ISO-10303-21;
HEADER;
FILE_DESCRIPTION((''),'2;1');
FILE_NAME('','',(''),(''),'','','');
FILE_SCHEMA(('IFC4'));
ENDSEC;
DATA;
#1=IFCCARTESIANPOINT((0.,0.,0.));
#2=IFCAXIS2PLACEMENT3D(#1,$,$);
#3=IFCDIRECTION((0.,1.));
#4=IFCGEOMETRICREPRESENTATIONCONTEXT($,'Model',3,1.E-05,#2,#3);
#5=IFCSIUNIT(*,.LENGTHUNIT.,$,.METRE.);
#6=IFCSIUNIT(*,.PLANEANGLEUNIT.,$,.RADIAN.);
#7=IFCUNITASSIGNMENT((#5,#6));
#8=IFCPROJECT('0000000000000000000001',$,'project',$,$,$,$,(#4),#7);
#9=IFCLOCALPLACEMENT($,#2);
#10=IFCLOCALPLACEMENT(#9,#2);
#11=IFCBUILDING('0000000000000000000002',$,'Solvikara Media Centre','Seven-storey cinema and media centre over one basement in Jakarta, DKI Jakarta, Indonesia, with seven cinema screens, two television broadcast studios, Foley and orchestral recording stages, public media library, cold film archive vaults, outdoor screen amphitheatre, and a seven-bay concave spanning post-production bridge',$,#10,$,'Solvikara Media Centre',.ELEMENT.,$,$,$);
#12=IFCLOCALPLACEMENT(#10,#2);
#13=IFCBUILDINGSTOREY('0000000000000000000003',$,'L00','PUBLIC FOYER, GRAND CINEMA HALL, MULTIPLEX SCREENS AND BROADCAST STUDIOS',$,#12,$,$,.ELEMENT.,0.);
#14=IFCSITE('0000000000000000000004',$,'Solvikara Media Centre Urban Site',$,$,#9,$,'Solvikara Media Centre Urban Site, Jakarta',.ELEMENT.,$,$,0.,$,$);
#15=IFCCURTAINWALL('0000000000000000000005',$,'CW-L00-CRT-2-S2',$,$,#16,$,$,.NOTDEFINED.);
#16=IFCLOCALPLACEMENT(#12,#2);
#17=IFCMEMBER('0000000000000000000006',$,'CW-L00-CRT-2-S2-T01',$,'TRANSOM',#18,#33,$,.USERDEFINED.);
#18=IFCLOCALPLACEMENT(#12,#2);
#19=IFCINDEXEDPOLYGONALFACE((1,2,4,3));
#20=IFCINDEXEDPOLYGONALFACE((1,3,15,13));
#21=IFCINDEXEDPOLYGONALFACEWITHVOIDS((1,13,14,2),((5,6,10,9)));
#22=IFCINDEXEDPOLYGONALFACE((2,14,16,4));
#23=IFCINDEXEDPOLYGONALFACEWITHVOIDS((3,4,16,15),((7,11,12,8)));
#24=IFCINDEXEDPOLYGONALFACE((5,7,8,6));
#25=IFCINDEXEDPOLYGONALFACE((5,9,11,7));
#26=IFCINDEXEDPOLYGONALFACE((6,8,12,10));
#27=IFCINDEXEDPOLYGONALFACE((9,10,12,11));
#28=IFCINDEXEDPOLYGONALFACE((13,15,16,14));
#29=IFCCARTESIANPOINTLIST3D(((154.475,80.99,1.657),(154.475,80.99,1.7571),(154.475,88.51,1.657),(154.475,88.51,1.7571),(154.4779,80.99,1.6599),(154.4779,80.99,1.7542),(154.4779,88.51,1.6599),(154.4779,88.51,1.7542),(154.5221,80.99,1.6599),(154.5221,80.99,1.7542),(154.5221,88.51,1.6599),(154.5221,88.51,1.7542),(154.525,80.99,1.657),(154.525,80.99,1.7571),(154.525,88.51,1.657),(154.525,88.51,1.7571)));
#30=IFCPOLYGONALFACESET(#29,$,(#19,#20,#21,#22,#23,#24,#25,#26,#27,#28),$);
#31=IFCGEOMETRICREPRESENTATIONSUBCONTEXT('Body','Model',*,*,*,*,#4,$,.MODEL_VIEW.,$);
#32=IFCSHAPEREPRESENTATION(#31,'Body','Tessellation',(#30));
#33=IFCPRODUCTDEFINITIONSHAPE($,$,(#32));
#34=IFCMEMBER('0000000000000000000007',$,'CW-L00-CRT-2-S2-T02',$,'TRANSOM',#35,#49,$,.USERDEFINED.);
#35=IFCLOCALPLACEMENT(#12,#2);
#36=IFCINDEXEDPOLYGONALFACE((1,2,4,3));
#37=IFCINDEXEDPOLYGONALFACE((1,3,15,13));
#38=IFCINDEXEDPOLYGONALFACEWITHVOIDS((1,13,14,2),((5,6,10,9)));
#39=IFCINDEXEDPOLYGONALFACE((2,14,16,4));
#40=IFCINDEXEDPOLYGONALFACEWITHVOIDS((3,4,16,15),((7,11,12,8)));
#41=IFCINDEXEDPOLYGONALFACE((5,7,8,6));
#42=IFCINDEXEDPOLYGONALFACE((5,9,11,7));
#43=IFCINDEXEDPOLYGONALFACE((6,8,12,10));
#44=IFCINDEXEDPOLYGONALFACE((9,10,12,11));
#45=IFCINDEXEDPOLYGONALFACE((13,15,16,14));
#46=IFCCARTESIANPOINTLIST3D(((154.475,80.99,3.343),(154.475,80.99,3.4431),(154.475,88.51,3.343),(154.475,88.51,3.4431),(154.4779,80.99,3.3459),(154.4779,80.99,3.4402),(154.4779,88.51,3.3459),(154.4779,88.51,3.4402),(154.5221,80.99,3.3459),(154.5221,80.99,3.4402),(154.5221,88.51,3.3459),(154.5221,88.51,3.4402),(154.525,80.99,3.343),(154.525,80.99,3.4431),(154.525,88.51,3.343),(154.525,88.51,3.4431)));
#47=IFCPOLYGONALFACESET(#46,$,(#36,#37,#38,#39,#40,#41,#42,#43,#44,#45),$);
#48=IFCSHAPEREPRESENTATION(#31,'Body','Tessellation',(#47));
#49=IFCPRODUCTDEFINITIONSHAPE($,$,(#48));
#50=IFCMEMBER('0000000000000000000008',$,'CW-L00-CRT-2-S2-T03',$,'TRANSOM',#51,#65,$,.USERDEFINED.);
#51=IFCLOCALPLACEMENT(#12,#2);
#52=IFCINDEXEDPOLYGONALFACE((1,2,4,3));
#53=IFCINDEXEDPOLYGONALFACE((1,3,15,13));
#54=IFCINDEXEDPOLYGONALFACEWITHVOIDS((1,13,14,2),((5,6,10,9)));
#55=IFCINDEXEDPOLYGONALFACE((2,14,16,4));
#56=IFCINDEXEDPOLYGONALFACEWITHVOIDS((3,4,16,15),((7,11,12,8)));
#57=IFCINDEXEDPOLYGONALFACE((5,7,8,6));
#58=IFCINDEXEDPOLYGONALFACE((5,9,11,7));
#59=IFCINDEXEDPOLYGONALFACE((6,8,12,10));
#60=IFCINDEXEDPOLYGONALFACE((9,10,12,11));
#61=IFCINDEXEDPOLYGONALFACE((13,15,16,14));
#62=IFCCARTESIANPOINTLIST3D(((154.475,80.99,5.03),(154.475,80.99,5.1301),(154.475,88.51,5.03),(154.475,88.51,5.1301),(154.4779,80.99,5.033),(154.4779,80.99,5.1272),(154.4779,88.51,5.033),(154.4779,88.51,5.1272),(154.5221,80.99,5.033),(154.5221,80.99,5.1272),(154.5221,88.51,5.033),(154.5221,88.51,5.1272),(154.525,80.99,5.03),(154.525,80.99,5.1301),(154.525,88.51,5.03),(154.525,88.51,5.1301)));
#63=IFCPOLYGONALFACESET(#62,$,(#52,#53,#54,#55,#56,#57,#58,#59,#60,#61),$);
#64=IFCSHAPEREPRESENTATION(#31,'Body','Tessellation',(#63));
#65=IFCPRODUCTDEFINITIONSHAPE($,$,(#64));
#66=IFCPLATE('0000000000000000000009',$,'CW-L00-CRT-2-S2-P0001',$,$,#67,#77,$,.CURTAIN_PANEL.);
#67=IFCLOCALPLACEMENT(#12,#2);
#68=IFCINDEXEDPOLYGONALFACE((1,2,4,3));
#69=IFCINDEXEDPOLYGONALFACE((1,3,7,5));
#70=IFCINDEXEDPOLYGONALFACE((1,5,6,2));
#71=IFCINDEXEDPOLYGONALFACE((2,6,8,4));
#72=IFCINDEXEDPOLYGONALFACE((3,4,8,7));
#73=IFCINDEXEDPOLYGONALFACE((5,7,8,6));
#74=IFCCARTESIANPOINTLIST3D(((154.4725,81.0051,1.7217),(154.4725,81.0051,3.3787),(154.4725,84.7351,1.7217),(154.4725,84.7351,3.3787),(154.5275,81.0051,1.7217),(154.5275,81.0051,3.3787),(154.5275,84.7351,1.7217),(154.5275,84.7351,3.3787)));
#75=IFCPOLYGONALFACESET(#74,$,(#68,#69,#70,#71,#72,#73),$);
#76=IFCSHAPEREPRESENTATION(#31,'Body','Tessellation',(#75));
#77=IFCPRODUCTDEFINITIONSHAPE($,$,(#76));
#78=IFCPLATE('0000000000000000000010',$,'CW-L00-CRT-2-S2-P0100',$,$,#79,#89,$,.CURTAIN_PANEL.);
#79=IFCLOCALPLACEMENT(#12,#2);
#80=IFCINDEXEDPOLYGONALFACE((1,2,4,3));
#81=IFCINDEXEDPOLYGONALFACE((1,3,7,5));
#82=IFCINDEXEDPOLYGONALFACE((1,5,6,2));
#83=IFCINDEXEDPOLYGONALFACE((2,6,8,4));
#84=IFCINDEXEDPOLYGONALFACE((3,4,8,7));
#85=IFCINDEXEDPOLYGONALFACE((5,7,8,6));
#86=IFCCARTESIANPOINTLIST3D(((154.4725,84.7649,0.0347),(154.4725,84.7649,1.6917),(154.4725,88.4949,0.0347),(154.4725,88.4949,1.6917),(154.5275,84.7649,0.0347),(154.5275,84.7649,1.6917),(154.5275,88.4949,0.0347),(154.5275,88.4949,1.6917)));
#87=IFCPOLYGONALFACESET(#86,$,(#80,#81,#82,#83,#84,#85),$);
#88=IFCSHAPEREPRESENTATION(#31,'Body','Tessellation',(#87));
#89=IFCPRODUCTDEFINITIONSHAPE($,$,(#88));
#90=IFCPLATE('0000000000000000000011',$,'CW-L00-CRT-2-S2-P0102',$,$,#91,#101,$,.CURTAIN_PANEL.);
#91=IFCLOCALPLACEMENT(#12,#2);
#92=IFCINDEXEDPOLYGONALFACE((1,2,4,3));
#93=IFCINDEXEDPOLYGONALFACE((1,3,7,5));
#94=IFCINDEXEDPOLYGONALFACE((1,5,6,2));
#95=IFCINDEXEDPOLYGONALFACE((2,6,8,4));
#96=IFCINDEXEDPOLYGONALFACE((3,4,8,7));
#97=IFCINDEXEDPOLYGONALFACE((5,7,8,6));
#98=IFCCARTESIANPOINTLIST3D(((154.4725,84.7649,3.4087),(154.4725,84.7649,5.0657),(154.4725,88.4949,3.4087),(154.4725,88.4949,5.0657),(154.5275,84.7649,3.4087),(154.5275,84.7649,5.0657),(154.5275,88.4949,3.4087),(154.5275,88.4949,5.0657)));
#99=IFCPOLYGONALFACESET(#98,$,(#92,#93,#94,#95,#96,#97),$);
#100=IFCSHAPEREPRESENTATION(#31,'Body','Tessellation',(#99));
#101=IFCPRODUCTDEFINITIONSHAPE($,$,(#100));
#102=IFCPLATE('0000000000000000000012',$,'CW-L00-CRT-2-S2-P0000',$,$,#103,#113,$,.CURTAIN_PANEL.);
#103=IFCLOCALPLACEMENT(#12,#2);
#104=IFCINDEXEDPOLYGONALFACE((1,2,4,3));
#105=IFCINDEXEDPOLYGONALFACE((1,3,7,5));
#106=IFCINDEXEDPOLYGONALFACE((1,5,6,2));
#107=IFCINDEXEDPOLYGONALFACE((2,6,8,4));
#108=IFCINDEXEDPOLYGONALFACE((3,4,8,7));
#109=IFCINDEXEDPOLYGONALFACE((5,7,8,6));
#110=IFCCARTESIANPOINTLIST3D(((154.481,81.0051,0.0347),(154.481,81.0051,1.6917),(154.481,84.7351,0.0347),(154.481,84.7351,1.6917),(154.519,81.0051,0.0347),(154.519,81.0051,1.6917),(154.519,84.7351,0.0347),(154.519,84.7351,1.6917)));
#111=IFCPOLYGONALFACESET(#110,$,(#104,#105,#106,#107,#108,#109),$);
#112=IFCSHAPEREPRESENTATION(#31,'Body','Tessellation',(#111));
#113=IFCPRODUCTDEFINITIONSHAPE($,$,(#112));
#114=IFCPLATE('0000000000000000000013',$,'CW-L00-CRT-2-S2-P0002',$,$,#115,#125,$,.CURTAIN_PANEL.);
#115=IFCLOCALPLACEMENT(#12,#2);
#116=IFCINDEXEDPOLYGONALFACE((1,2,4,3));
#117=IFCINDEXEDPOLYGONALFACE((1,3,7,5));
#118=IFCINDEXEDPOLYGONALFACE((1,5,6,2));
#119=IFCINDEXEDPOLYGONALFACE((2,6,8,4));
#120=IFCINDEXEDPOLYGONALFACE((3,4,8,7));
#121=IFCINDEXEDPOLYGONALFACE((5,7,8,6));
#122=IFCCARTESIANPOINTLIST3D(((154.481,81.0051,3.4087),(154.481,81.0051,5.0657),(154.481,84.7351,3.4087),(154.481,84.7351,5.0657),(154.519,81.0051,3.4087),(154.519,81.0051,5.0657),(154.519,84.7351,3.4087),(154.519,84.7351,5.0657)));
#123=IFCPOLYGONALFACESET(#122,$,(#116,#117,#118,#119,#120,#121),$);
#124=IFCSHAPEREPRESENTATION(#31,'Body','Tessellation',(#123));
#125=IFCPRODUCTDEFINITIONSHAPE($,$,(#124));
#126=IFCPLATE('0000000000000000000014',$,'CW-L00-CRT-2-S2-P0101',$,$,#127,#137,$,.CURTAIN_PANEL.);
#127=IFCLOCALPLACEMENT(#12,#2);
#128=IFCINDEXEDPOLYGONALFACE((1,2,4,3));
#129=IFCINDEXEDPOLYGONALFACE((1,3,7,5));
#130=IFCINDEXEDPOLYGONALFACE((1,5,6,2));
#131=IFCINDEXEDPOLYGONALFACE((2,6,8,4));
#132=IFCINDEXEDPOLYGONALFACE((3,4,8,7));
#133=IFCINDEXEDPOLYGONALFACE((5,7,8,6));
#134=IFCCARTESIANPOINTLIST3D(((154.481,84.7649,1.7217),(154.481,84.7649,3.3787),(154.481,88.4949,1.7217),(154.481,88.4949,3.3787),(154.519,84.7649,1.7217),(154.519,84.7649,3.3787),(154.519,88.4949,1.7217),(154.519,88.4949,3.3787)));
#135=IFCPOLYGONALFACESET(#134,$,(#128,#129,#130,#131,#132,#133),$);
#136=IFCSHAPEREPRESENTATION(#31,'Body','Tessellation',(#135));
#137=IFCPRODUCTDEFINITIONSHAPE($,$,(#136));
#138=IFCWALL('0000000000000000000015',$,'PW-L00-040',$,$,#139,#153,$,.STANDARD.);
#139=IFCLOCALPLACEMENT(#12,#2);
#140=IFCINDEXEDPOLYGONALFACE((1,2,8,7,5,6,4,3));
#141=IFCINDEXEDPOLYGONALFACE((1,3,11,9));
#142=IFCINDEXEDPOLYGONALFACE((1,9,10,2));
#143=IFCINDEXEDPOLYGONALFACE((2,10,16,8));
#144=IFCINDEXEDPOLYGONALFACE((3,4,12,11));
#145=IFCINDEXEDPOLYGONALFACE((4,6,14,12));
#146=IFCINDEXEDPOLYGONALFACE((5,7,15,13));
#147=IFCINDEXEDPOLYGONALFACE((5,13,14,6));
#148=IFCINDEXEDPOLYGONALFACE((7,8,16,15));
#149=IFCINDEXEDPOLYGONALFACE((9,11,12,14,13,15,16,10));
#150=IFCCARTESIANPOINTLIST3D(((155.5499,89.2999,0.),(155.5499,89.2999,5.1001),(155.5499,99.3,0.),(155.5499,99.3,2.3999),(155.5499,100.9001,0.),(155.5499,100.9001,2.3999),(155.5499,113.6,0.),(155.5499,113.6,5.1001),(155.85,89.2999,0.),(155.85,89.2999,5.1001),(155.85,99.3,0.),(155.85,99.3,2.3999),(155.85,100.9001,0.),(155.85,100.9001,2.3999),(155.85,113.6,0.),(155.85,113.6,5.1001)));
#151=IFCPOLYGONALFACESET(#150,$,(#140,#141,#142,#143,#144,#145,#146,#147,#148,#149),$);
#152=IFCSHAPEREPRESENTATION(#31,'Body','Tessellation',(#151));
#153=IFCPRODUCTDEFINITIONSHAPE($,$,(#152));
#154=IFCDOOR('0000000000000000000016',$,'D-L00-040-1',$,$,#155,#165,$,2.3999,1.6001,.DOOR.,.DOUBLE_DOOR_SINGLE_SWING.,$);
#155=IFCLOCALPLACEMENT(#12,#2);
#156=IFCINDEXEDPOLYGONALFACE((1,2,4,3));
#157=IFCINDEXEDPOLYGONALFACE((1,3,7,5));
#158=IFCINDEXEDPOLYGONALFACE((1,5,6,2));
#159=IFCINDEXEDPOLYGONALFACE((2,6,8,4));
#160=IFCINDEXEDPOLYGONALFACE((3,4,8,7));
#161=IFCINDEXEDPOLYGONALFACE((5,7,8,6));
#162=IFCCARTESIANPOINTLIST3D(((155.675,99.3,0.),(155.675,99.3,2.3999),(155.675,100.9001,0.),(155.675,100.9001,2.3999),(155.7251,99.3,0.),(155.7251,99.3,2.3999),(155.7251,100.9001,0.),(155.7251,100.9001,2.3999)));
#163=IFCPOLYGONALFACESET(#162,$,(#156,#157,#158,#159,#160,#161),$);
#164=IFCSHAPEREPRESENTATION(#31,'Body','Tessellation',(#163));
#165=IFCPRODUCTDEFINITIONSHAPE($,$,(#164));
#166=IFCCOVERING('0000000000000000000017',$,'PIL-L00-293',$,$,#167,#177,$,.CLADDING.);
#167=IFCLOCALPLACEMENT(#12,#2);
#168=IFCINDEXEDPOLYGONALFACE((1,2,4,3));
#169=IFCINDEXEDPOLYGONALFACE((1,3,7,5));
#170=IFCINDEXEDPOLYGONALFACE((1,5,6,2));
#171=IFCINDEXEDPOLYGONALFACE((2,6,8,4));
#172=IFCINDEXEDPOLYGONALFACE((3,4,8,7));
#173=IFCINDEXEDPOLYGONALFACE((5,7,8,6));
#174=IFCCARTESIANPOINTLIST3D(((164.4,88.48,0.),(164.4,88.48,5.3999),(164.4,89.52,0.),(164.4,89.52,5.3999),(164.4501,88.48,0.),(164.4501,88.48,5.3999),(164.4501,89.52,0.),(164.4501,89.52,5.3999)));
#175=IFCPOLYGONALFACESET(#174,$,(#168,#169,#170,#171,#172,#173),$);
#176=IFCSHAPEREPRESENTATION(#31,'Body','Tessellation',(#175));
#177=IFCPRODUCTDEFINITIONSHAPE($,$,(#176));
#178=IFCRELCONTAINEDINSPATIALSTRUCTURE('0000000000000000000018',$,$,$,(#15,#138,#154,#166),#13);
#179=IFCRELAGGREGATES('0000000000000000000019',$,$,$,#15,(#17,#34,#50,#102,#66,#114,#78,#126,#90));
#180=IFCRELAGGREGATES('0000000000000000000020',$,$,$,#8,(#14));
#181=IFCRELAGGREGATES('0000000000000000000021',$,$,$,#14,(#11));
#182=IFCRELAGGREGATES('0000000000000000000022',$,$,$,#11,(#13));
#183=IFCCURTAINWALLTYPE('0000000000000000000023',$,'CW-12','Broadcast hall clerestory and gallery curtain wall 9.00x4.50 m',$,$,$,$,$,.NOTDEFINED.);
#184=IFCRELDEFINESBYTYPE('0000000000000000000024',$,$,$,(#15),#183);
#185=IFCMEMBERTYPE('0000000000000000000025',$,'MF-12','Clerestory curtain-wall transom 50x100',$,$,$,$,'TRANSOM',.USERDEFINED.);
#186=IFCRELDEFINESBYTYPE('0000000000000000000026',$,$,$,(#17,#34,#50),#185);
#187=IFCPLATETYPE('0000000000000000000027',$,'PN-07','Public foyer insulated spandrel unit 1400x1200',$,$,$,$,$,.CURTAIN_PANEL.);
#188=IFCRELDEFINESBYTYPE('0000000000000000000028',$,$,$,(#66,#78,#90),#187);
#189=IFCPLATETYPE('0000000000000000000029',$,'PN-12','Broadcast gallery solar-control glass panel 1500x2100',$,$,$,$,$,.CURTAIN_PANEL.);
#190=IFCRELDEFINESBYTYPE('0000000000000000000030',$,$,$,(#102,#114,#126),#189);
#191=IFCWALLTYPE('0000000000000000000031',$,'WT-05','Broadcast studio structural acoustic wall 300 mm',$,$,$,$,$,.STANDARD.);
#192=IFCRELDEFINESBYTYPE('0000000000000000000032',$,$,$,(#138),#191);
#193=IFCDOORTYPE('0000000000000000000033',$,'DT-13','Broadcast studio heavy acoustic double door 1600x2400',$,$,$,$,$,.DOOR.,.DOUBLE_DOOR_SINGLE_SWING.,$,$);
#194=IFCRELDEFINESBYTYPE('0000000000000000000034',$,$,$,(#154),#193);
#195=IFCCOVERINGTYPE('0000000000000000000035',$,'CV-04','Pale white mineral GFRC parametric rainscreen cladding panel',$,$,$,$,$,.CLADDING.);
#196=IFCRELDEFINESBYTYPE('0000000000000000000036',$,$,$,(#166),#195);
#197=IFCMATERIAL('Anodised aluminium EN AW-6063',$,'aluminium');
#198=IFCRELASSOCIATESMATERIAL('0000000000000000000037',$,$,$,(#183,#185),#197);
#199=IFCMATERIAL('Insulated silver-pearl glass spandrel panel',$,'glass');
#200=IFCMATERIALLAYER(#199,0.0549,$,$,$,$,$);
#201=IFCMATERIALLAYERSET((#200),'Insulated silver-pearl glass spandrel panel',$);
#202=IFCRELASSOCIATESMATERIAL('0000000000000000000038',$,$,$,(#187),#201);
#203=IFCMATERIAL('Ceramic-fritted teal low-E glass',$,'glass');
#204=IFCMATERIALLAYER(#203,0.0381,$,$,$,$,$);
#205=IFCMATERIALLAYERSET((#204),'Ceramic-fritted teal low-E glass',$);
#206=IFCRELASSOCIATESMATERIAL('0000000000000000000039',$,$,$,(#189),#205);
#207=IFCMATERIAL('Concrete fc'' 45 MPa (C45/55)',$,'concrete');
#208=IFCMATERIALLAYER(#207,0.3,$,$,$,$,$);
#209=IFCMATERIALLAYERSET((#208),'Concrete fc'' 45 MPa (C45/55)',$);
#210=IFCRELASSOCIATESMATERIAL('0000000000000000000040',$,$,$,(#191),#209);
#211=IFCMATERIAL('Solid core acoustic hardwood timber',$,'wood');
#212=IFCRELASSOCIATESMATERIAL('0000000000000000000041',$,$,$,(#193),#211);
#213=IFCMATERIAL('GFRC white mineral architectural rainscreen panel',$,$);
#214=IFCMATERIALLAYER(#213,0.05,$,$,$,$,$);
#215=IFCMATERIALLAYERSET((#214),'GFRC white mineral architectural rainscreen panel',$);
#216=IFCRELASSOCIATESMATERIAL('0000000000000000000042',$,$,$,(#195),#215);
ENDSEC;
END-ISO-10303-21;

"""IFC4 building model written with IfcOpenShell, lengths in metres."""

from ifc_helpers import new_model, si_unit, direction, frame, frame_2d, origin, origin_2d, place, context, subcontext, project, spatial, rectangle, hollow_rectangle, extrude, material, layer, layer_set, material_profile, profile_set, type_object, element, fill, aggregate, save


model = new_model("IFC4")

# Units and contexts
model_context = context("Model", 3, precision=1e-05, world=origin(), true_north=direction((0.0, 1.0)))
body_context = subcontext(model_context, "Body", "Model", "MODEL_VIEW")
ifc_project = project(units=[si_unit("LENGTHUNIT", "METRE"), si_unit("PLANEANGLEUNIT", "RADIAN")], contexts=[model_context])

# Site, building, storey
site_placement = place(None, origin())
site = spatial("IfcSite", under=ifc_project, at=site_placement, Name="Solvikara Media Centre Urban Site", LongName="Solvikara Media Centre Urban Site, Jakarta", CompositionType="ELEMENT", RefElevation=0.0)
building_placement = place(site_placement, origin())
building = spatial("IfcBuilding", under=site, at=building_placement, Name="Solvikara Media Centre", Description="Seven-storey cinema and media centre over one basement in Jakarta, DKI Jakarta, Indonesia, with seven cinema screens, two television broadcast studios, Foley and orchestral recording stages, public media library, cold film archive vaults, outdoor screen amphitheatre, and a seven-bay concave spanning post-production bridge", LongName="Solvikara Media Centre", CompositionType="ELEMENT")
storey_placement = place(building_placement, origin())
storey = spatial("IfcBuildingStorey", under=building, at=storey_placement, Name="L00", Description="PUBLIC FOYER, GRAND CINEMA HALL, MULTIPLEX SCREENS AND BROADCAST STUDIOS", CompositionType="ELEMENT", Elevation=0.0)

# Shared definitions
ifc_material_1 = material(Name="Concrete fc' 45 MPa (C45/55)", Category="concrete")

# Curtain wall, members, plates
ifc_material_2 = material(Name="Anodised aluminium EN AW-6063", Category="aluminium")
curtain_wall_type = type_object("IfcCurtainWallType", Name="CW-12", Description="Broadcast hall clerestory and gallery curtain wall 9.00x4.50 m", PredefinedType="NOTDEFINED", material=ifc_material_2)
curtain_wall_placement = place(storey_placement, origin())
curtain_wall = element("IfcCurtainWall", 1, at=curtain_wall_placement, inside=storey, type_object=curtain_wall_type, Name="CW-L00-CRT-2-S2", PredefinedType="NOTDEFINED")
ifc_material_profile_1 = material_profile(ifc_material_2, hollow_rectangle(XDim=0.05, YDim=0.1001, WallThickness=0.0029, at=origin_2d()), Name="ALU-T 50x100x3")
ifc_profile_set_1 = profile_set([ifc_material_profile_1], Name="Anodised aluminium EN AW-6063")
member_type_1 = type_object("IfcMemberType", Name="MF-12", Description="Clerestory curtain-wall transom 50x100", ElementType="TRANSOM", PredefinedType="USERDEFINED", material=ifc_profile_set_1)
member_1_placement = place(storey_placement, frame((154.5, 80.99, 1.707), z_axis=(0.0, 1.0, 0.0), x_axis=(-1.0, 0.0, 0.0)))
member_1 = element("IfcMember", 2, at=member_1_placement, type_object=member_type_1, Name="CW-L00-CRT-2-S2-T01", ObjectType="TRANSOM", PredefinedType="USERDEFINED", context=body_context, shape_type="SweptSolid", body=[
    extrude(hollow_rectangle(XDim=0.05, YDim=0.1001, WallThickness=0.0029, at=origin_2d()), origin(), (0.0, 0.0, 1.0), 7.52),
])
member_2_placement = place(storey_placement, frame((154.5, 80.99, 3.3931), z_axis=(0.0, 1.0, 0.0), x_axis=(-1.0, 0.0, 0.0)))
member_2 = element("IfcMember", 3, at=member_2_placement, type_object=member_type_1, Name="CW-L00-CRT-2-S2-T02", ObjectType="TRANSOM", PredefinedType="USERDEFINED", context=body_context, shape_type="SweptSolid", body=[
    extrude(hollow_rectangle(XDim=0.05, YDim=0.1001, WallThickness=0.0029, at=origin_2d()), origin(), (0.0, 0.0, 1.0), 7.52),
])
member_3_placement = place(storey_placement, frame((154.5, 80.99, 5.0801), z_axis=(0.0, 1.0, 0.0), x_axis=(-1.0, 0.0, 0.0)))
member_3 = element("IfcMember", 4, at=member_3_placement, type_object=member_type_1, Name="CW-L00-CRT-2-S2-T03", ObjectType="TRANSOM", PredefinedType="USERDEFINED", context=body_context, shape_type="SweptSolid", body=[
    extrude(hollow_rectangle(XDim=0.05, YDim=0.1001, WallThickness=0.0029, at=origin_2d()), origin(), (0.0, 0.0, 1.0), 7.52),
])
ifc_material_3 = material(Name="Insulated silver-pearl glass spandrel panel", Category="glass")
ifc_layer_1 = layer(ifc_material_3, 0.0549)
ifc_layer_set_1 = layer_set([ifc_layer_1], Name="Insulated silver-pearl glass spandrel panel")
plate_type_1 = type_object("IfcPlateType", Name="PN-07", Description="Public foyer insulated spandrel unit 1400x1200", PredefinedType="CURTAIN_PANEL", material=ifc_layer_set_1)
plate_1_placement = place(storey_placement, frame((154.5, 82.8701, 1.7217), z_axis=(0.0, 0.0, 1.0), x_axis=(0.0, 1.0, 0.0)))
plate_1 = element("IfcPlate", 5, at=plate_1_placement, type_object=plate_type_1, Name="CW-L00-CRT-2-S2-P0001", PredefinedType="CURTAIN_PANEL", context=body_context, shape_type="SweptSolid", body=[
    extrude(rectangle(XDim=3.73, YDim=0.0549, at=origin_2d()), origin(), (0.0, 0.0, 1.0), 1.657),
])
plate_2_placement = place(storey_placement, frame((154.5, 86.6299, 0.0347), z_axis=(0.0, 0.0, 1.0), x_axis=(0.0, 1.0, 0.0)))
plate_2 = element("IfcPlate", 6, at=plate_2_placement, type_object=plate_type_1, Name="CW-L00-CRT-2-S2-P0100", PredefinedType="CURTAIN_PANEL", context=body_context, shape_type="SweptSolid", body=[
    extrude(rectangle(XDim=3.73, YDim=0.0549, at=origin_2d()), origin(), (0.0, 0.0, 1.0), 1.657),
])
plate_3_placement = place(storey_placement, frame((154.5, 86.6299, 3.4087), z_axis=(0.0, 0.0, 1.0), x_axis=(0.0, 1.0, 0.0)))
plate_3 = element("IfcPlate", 7, at=plate_3_placement, type_object=plate_type_1, Name="CW-L00-CRT-2-S2-P0102", PredefinedType="CURTAIN_PANEL", context=body_context, shape_type="SweptSolid", body=[
    extrude(rectangle(XDim=3.73, YDim=0.0549, at=origin_2d()), origin(), (0.0, 0.0, 1.0), 1.657),
])
ifc_material_4 = material(Name="Ceramic-fritted teal low-E glass", Category="glass")
ifc_layer_2 = layer(ifc_material_4, 0.0381)
ifc_layer_set_2 = layer_set([ifc_layer_2], Name="Ceramic-fritted teal low-E glass")
plate_type_2 = type_object("IfcPlateType", Name="PN-12", Description="Broadcast gallery solar-control glass panel 1500x2100", PredefinedType="CURTAIN_PANEL", material=ifc_layer_set_2)
plate_4_placement = place(storey_placement, frame((154.5, 82.8701, 0.0347), z_axis=(0.0, 0.0, 1.0), x_axis=(0.0, 1.0, 0.0)))
plate_4 = element("IfcPlate", 8, at=plate_4_placement, type_object=plate_type_2, Name="CW-L00-CRT-2-S2-P0000", PredefinedType="CURTAIN_PANEL", context=body_context, shape_type="SweptSolid", body=[
    extrude(rectangle(XDim=3.73, YDim=0.0381, at=origin_2d()), origin(), (0.0, 0.0, 1.0), 1.657),
])
plate_5_placement = place(storey_placement, frame((154.5, 82.8701, 3.4087), z_axis=(0.0, 0.0, 1.0), x_axis=(0.0, 1.0, 0.0)))
plate_5 = element("IfcPlate", 9, at=plate_5_placement, type_object=plate_type_2, Name="CW-L00-CRT-2-S2-P0002", PredefinedType="CURTAIN_PANEL", context=body_context, shape_type="SweptSolid", body=[
    extrude(rectangle(XDim=3.73, YDim=0.0381, at=origin_2d()), origin(), (0.0, 0.0, 1.0), 1.657),
])
plate_6_placement = place(storey_placement, frame((154.5, 86.6299, 1.7217), z_axis=(0.0, 0.0, 1.0), x_axis=(0.0, 1.0, 0.0)))
plate_6 = element("IfcPlate", 10, at=plate_6_placement, type_object=plate_type_2, Name="CW-L00-CRT-2-S2-P0101", PredefinedType="CURTAIN_PANEL", context=body_context, shape_type="SweptSolid", body=[
    extrude(rectangle(XDim=3.73, YDim=0.0381, at=origin_2d()), origin(), (0.0, 0.0, 1.0), 1.657),
])
aggregate(curtain_wall, [member_1, member_2, member_3, plate_4, plate_1, plate_5, plate_2, plate_6, plate_3])

# Wall, opening, door
ifc_layer_3 = layer(ifc_material_1, 0.3)
ifc_layer_set_3 = layer_set([ifc_layer_3], Name="Concrete fc' 45 MPa (C45/55)")
wall_type = type_object("IfcWallType", Name="WT-05", Description="Broadcast studio structural acoustic wall 300 mm", PredefinedType="STANDARD", material=ifc_layer_set_3)
wall_placement = place(storey_placement, frame((155.7, 89.3, 0.0), z_axis=(0.0, 0.0, 1.0), x_axis=(0.0, 1.0, 0.0)))
wall = element("IfcWall", 11, at=wall_placement, inside=storey, type_object=wall_type, Name="PW-L00-040", PredefinedType="STANDARD", context=body_context, shape_type="SweptSolid", body=[
    extrude(rectangle(XDim=24.3, YDim=0.3, at=frame_2d((12.1499, 0.0))), origin(), (0.0, 0.0, 1.0), 5.1001),
])
opening_placement = place(wall_placement, frame((10.0, 0.0, 0.0)))
opening = element("IfcOpeningElement", 12, at=opening_placement, cuts=wall, PredefinedType="OPENING", context=body_context, shape_type="SweptSolid", body=[
    extrude(rectangle(XDim=1.6001, YDim=2.3999, at=frame_2d((0.8, 1.2))), frame((0.0, 0.1621, 0.0), z_axis=(0.0, -1.0, 0.0), x_axis=(1.0, 0.0, 0.0)), (0.0, 0.0, 1.0), 0.324),
])
ifc_material_5 = material(Name="Solid core acoustic hardwood timber", Category="wood")
door_type = type_object("IfcDoorType", Name="DT-13", Description="Broadcast studio heavy acoustic double door 1600x2400", OperationType="DOUBLE_DOOR_SINGLE_SWING", PredefinedType="DOOR", material=ifc_material_5)
door_placement = place(opening_placement, origin())
door = element("IfcDoor", 13, at=door_placement, inside=storey, type_object=door_type, Name="D-L00-040-1", OperationType="DOUBLE_DOOR_SINGLE_SWING", OverallHeight=2.3999, OverallWidth=1.6001, PredefinedType="DOOR", context=body_context, shape_type="SweptSolid", body=[
    extrude(rectangle(XDim=1.6001, YDim=2.3999, at=frame_2d((0.8, 1.2))), frame((0.0, 0.0249, 0.0), z_axis=(0.0, -1.0, 0.0), x_axis=(1.0, 0.0, 0.0)), (0.0, 0.0, 1.0), 0.05),
])
fill(opening, door)

# Covering
ifc_material_6 = material(Name="GFRC white mineral architectural rainscreen panel")
ifc_layer_4 = layer(ifc_material_6, 0.05)
ifc_layer_set_4 = layer_set([ifc_layer_4], Name="GFRC white mineral architectural rainscreen panel")
covering_type = type_object("IfcCoveringType", Name="CV-04", Description="Pale white mineral GFRC parametric rainscreen cladding panel", PredefinedType="CLADDING", material=ifc_layer_set_4)
covering_1_placement = place(storey_placement, frame((164.425, 89.0, 0.0), z_axis=(0.0, 0.0, 1.0), x_axis=(0.0, 1.0, 0.0)))
element("IfcCovering", 14, at=covering_1_placement, inside=storey, type_object=covering_type, Name="PIL-L00-293", PredefinedType="CLADDING", context=body_context, shape_type="SweptSolid", body=[
    extrude(rectangle(XDim=1.04, YDim=0.05, at=origin_2d()), origin(), (0.0, 0.0, 1.0), 5.3999),
])

save(model, "model.ifc")
